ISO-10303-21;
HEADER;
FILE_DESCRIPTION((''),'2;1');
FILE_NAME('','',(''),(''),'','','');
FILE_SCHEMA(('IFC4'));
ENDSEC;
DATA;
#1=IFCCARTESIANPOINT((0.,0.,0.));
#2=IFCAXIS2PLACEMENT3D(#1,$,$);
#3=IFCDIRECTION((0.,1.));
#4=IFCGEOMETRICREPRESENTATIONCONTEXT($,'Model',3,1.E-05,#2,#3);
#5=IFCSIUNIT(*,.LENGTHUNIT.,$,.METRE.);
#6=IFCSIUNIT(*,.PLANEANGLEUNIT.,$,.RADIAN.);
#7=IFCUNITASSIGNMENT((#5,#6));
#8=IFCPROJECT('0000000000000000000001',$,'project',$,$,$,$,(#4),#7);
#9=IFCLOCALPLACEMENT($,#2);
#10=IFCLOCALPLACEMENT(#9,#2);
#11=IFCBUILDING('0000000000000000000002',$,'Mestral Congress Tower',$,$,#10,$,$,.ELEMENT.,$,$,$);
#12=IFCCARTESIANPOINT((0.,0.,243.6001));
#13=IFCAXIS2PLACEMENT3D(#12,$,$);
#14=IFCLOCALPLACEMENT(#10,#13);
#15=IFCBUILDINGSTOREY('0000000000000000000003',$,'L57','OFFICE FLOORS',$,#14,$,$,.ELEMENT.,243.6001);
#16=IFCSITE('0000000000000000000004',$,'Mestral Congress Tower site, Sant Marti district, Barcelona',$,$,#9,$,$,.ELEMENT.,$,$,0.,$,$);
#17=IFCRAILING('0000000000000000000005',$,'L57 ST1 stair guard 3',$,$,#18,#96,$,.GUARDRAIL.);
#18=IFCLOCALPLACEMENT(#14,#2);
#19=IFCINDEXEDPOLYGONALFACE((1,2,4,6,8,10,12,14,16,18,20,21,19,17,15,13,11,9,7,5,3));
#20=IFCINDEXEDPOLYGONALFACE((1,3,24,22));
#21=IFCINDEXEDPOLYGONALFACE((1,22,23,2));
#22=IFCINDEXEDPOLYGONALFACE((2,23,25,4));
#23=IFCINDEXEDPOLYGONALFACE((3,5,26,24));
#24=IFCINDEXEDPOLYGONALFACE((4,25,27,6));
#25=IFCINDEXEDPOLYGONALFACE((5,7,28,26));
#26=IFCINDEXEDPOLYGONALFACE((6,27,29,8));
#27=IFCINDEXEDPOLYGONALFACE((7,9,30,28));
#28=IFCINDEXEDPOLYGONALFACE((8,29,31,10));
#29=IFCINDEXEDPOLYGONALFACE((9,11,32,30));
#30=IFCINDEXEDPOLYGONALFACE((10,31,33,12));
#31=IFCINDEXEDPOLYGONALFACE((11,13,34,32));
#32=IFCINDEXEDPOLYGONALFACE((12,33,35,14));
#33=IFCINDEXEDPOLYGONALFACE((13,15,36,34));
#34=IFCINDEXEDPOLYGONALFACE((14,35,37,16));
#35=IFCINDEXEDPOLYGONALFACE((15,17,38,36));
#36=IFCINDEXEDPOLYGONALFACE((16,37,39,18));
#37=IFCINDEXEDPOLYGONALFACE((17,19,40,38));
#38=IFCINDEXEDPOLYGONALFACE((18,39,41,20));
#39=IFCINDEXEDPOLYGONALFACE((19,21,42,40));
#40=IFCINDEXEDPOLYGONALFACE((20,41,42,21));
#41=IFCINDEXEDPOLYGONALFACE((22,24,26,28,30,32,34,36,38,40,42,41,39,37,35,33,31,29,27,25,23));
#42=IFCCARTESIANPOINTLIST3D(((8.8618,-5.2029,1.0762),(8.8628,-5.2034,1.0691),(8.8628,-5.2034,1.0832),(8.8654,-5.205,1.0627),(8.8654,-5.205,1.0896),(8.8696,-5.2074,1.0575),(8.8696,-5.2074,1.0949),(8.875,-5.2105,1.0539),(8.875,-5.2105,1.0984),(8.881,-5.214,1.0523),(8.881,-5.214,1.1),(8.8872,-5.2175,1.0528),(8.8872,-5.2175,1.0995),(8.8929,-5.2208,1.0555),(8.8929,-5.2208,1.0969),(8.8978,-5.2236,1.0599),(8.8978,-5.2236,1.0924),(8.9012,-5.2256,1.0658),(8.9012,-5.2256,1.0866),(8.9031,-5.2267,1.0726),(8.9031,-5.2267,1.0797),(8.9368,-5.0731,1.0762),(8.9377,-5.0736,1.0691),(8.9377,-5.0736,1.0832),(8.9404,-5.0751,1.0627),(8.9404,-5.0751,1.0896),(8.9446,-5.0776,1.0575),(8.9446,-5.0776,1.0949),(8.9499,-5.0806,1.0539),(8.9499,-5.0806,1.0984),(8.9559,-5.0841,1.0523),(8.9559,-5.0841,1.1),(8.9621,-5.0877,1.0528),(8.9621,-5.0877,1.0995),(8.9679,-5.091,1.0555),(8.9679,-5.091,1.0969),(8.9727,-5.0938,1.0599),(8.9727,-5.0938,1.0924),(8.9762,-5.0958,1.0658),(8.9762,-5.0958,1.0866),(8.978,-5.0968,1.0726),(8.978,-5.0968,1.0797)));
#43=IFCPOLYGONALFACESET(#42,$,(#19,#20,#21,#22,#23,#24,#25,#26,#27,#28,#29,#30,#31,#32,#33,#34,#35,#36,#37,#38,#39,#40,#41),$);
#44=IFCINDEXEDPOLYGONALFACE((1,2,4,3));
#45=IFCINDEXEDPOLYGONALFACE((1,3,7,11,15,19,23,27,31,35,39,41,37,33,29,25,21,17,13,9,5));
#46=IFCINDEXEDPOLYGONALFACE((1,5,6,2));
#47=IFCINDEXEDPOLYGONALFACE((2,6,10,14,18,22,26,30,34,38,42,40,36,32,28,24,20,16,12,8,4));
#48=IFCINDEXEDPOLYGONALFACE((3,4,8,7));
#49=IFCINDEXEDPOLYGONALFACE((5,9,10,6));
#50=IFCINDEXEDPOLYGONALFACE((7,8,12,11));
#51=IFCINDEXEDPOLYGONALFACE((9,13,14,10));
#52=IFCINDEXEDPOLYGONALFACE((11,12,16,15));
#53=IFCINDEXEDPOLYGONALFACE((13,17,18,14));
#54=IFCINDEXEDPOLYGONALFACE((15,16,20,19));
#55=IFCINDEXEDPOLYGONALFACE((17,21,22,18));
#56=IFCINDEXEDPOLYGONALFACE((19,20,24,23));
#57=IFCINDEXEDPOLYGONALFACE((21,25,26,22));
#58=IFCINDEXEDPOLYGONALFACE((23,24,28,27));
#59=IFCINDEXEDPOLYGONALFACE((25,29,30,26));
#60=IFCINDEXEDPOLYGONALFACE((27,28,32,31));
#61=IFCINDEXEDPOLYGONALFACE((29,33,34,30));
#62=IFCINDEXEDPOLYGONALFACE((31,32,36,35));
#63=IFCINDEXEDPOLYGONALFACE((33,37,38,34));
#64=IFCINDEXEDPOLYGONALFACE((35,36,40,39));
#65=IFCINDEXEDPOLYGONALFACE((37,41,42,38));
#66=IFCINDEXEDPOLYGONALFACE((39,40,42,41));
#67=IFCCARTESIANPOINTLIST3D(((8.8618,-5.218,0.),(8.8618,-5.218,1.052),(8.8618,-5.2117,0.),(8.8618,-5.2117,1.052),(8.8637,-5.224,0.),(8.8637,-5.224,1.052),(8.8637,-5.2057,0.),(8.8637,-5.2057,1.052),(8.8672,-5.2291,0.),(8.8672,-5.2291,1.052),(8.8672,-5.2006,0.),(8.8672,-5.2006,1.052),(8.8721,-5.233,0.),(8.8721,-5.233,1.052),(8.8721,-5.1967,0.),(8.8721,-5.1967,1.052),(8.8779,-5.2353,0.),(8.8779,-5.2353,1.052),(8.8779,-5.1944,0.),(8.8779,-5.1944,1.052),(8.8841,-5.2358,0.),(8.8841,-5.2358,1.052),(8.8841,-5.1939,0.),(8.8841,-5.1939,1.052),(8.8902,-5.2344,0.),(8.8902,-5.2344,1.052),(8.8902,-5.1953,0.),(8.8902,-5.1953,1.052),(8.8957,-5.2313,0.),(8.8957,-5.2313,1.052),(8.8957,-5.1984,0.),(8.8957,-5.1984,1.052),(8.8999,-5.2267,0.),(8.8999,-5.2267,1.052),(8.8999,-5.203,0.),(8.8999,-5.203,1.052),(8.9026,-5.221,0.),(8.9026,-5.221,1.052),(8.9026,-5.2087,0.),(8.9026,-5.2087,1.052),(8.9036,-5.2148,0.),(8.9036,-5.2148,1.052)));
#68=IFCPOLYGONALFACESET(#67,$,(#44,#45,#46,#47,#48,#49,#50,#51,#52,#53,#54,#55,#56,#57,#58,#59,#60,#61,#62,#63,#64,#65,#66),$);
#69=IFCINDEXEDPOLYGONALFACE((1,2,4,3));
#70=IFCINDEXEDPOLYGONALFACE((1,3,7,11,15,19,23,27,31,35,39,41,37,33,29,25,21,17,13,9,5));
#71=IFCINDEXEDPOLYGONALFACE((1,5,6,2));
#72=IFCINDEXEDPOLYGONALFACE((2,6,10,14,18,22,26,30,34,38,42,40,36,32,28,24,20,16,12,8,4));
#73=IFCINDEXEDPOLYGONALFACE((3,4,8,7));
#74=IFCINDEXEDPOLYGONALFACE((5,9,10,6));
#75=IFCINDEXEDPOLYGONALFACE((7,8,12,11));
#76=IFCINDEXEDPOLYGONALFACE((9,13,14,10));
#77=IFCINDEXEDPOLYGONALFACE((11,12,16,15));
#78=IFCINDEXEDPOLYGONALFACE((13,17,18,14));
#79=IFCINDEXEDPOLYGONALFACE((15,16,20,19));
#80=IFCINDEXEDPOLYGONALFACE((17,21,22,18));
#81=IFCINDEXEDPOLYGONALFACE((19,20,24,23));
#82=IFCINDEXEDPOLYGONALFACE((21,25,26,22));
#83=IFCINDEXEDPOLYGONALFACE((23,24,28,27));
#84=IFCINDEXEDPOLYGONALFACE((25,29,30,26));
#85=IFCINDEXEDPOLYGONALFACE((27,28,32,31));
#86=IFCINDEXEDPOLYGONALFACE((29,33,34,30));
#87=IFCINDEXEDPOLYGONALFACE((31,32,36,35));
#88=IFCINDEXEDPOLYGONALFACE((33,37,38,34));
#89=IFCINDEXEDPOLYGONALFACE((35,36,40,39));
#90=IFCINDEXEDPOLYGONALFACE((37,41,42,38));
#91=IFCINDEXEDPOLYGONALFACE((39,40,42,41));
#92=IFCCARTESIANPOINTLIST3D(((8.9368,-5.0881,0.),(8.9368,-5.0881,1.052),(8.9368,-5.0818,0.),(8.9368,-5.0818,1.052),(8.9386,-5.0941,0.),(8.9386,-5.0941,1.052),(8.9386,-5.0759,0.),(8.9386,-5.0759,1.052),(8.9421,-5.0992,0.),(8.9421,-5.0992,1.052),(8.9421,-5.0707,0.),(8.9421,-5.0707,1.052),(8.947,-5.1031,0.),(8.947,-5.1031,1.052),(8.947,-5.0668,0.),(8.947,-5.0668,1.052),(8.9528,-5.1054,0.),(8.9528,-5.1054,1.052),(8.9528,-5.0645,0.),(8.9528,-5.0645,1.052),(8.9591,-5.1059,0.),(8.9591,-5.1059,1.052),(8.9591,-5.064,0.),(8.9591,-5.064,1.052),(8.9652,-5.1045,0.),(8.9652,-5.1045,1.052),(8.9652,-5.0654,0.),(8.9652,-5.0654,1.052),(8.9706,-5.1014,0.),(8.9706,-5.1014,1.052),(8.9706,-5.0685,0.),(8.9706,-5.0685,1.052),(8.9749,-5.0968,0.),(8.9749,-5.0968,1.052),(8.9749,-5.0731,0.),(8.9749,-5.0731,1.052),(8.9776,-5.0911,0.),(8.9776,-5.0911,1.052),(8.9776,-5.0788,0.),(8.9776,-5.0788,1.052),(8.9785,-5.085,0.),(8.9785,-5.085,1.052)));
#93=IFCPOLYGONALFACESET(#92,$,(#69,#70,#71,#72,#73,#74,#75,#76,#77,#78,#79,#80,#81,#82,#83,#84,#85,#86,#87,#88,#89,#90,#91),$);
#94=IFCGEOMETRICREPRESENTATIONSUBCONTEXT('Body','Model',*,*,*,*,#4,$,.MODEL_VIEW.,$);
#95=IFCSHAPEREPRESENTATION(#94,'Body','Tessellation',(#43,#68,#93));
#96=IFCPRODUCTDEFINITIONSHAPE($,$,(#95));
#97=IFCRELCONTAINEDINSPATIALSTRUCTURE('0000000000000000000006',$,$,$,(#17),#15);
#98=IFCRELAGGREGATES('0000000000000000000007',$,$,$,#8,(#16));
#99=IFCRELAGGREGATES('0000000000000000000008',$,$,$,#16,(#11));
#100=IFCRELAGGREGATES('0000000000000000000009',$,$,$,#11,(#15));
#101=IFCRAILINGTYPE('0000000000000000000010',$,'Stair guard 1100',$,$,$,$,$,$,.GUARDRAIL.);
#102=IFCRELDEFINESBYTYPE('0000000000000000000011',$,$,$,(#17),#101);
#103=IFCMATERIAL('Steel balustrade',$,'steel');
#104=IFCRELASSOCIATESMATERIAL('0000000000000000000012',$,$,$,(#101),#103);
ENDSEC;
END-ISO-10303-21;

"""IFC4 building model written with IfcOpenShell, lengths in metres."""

from ifc_helpers import new_model, si_unit, direction, frame, origin, origin_2d, place, context, subcontext, project, spatial, circle, extrude, material, type_object, element, save


model = new_model("IFC4")

# Units and contexts
model_context = context("Model", 3, precision=1e-05, world=origin(), true_north=direction((0.0, 1.0)))
body_context = subcontext(model_context, "Body", "Model", "MODEL_VIEW")
ifc_project = project(units=[si_unit("LENGTHUNIT", "METRE"), si_unit("PLANEANGLEUNIT", "RADIAN")], contexts=[model_context])

# Site, building, storey
site_placement = place(None, origin())
site = spatial("IfcSite", under=ifc_project, at=site_placement, Name="Mestral Congress Tower site, Sant Marti district, Barcelona", CompositionType="ELEMENT", RefElevation=0.0)
building_placement = place(site_placement, origin())
building = spatial("IfcBuilding", under=site, at=building_placement, Name="Mestral Congress Tower", CompositionType="ELEMENT")
storey_placement = place(building_placement, frame((0.0, 0.0, 243.6001)))
storey = spatial("IfcBuildingStorey", under=building, at=storey_placement, Name="L57", Description="OFFICE FLOORS", CompositionType="ELEMENT", Elevation=243.6001)

# Railing
ifc_material_1 = material(Name="Steel balustrade", Category="steel")
railing_type_1 = type_object("IfcRailingType", Name="Stair guard 1100", PredefinedType="GUARDRAIL", material=ifc_material_1)
railing_1_placement = place(storey_placement, frame((8.8826, -5.2148, 0.0)))
element("IfcRailing", 1, at=railing_1_placement, inside=storey, type_object=railing_type_1, Name="L57 ST1 stair guard 3", PredefinedType="GUARDRAIL", context=body_context, shape_type="SweptSolid", body=[
    extrude(circle(Radius=0.0239, at=origin_2d()), frame((0.0, 0.0, 1.0762), z_axis=(0.499816, 0.866131, 0.0), x_axis=(-0.866131, 0.499816, 0.0)), (0.0, 0.0, 1.0), 0.1499),
    extrude(circle(Radius=0.021, at=origin_2d()), origin(), (0.0, 0.0, 1.0), 1.052),
    extrude(circle(Radius=0.021, at=origin_2d()), frame((0.075, 0.1299, 0.0)), (0.0, 0.0, 1.0), 1.052),
])

save(model, "model.ifc")
